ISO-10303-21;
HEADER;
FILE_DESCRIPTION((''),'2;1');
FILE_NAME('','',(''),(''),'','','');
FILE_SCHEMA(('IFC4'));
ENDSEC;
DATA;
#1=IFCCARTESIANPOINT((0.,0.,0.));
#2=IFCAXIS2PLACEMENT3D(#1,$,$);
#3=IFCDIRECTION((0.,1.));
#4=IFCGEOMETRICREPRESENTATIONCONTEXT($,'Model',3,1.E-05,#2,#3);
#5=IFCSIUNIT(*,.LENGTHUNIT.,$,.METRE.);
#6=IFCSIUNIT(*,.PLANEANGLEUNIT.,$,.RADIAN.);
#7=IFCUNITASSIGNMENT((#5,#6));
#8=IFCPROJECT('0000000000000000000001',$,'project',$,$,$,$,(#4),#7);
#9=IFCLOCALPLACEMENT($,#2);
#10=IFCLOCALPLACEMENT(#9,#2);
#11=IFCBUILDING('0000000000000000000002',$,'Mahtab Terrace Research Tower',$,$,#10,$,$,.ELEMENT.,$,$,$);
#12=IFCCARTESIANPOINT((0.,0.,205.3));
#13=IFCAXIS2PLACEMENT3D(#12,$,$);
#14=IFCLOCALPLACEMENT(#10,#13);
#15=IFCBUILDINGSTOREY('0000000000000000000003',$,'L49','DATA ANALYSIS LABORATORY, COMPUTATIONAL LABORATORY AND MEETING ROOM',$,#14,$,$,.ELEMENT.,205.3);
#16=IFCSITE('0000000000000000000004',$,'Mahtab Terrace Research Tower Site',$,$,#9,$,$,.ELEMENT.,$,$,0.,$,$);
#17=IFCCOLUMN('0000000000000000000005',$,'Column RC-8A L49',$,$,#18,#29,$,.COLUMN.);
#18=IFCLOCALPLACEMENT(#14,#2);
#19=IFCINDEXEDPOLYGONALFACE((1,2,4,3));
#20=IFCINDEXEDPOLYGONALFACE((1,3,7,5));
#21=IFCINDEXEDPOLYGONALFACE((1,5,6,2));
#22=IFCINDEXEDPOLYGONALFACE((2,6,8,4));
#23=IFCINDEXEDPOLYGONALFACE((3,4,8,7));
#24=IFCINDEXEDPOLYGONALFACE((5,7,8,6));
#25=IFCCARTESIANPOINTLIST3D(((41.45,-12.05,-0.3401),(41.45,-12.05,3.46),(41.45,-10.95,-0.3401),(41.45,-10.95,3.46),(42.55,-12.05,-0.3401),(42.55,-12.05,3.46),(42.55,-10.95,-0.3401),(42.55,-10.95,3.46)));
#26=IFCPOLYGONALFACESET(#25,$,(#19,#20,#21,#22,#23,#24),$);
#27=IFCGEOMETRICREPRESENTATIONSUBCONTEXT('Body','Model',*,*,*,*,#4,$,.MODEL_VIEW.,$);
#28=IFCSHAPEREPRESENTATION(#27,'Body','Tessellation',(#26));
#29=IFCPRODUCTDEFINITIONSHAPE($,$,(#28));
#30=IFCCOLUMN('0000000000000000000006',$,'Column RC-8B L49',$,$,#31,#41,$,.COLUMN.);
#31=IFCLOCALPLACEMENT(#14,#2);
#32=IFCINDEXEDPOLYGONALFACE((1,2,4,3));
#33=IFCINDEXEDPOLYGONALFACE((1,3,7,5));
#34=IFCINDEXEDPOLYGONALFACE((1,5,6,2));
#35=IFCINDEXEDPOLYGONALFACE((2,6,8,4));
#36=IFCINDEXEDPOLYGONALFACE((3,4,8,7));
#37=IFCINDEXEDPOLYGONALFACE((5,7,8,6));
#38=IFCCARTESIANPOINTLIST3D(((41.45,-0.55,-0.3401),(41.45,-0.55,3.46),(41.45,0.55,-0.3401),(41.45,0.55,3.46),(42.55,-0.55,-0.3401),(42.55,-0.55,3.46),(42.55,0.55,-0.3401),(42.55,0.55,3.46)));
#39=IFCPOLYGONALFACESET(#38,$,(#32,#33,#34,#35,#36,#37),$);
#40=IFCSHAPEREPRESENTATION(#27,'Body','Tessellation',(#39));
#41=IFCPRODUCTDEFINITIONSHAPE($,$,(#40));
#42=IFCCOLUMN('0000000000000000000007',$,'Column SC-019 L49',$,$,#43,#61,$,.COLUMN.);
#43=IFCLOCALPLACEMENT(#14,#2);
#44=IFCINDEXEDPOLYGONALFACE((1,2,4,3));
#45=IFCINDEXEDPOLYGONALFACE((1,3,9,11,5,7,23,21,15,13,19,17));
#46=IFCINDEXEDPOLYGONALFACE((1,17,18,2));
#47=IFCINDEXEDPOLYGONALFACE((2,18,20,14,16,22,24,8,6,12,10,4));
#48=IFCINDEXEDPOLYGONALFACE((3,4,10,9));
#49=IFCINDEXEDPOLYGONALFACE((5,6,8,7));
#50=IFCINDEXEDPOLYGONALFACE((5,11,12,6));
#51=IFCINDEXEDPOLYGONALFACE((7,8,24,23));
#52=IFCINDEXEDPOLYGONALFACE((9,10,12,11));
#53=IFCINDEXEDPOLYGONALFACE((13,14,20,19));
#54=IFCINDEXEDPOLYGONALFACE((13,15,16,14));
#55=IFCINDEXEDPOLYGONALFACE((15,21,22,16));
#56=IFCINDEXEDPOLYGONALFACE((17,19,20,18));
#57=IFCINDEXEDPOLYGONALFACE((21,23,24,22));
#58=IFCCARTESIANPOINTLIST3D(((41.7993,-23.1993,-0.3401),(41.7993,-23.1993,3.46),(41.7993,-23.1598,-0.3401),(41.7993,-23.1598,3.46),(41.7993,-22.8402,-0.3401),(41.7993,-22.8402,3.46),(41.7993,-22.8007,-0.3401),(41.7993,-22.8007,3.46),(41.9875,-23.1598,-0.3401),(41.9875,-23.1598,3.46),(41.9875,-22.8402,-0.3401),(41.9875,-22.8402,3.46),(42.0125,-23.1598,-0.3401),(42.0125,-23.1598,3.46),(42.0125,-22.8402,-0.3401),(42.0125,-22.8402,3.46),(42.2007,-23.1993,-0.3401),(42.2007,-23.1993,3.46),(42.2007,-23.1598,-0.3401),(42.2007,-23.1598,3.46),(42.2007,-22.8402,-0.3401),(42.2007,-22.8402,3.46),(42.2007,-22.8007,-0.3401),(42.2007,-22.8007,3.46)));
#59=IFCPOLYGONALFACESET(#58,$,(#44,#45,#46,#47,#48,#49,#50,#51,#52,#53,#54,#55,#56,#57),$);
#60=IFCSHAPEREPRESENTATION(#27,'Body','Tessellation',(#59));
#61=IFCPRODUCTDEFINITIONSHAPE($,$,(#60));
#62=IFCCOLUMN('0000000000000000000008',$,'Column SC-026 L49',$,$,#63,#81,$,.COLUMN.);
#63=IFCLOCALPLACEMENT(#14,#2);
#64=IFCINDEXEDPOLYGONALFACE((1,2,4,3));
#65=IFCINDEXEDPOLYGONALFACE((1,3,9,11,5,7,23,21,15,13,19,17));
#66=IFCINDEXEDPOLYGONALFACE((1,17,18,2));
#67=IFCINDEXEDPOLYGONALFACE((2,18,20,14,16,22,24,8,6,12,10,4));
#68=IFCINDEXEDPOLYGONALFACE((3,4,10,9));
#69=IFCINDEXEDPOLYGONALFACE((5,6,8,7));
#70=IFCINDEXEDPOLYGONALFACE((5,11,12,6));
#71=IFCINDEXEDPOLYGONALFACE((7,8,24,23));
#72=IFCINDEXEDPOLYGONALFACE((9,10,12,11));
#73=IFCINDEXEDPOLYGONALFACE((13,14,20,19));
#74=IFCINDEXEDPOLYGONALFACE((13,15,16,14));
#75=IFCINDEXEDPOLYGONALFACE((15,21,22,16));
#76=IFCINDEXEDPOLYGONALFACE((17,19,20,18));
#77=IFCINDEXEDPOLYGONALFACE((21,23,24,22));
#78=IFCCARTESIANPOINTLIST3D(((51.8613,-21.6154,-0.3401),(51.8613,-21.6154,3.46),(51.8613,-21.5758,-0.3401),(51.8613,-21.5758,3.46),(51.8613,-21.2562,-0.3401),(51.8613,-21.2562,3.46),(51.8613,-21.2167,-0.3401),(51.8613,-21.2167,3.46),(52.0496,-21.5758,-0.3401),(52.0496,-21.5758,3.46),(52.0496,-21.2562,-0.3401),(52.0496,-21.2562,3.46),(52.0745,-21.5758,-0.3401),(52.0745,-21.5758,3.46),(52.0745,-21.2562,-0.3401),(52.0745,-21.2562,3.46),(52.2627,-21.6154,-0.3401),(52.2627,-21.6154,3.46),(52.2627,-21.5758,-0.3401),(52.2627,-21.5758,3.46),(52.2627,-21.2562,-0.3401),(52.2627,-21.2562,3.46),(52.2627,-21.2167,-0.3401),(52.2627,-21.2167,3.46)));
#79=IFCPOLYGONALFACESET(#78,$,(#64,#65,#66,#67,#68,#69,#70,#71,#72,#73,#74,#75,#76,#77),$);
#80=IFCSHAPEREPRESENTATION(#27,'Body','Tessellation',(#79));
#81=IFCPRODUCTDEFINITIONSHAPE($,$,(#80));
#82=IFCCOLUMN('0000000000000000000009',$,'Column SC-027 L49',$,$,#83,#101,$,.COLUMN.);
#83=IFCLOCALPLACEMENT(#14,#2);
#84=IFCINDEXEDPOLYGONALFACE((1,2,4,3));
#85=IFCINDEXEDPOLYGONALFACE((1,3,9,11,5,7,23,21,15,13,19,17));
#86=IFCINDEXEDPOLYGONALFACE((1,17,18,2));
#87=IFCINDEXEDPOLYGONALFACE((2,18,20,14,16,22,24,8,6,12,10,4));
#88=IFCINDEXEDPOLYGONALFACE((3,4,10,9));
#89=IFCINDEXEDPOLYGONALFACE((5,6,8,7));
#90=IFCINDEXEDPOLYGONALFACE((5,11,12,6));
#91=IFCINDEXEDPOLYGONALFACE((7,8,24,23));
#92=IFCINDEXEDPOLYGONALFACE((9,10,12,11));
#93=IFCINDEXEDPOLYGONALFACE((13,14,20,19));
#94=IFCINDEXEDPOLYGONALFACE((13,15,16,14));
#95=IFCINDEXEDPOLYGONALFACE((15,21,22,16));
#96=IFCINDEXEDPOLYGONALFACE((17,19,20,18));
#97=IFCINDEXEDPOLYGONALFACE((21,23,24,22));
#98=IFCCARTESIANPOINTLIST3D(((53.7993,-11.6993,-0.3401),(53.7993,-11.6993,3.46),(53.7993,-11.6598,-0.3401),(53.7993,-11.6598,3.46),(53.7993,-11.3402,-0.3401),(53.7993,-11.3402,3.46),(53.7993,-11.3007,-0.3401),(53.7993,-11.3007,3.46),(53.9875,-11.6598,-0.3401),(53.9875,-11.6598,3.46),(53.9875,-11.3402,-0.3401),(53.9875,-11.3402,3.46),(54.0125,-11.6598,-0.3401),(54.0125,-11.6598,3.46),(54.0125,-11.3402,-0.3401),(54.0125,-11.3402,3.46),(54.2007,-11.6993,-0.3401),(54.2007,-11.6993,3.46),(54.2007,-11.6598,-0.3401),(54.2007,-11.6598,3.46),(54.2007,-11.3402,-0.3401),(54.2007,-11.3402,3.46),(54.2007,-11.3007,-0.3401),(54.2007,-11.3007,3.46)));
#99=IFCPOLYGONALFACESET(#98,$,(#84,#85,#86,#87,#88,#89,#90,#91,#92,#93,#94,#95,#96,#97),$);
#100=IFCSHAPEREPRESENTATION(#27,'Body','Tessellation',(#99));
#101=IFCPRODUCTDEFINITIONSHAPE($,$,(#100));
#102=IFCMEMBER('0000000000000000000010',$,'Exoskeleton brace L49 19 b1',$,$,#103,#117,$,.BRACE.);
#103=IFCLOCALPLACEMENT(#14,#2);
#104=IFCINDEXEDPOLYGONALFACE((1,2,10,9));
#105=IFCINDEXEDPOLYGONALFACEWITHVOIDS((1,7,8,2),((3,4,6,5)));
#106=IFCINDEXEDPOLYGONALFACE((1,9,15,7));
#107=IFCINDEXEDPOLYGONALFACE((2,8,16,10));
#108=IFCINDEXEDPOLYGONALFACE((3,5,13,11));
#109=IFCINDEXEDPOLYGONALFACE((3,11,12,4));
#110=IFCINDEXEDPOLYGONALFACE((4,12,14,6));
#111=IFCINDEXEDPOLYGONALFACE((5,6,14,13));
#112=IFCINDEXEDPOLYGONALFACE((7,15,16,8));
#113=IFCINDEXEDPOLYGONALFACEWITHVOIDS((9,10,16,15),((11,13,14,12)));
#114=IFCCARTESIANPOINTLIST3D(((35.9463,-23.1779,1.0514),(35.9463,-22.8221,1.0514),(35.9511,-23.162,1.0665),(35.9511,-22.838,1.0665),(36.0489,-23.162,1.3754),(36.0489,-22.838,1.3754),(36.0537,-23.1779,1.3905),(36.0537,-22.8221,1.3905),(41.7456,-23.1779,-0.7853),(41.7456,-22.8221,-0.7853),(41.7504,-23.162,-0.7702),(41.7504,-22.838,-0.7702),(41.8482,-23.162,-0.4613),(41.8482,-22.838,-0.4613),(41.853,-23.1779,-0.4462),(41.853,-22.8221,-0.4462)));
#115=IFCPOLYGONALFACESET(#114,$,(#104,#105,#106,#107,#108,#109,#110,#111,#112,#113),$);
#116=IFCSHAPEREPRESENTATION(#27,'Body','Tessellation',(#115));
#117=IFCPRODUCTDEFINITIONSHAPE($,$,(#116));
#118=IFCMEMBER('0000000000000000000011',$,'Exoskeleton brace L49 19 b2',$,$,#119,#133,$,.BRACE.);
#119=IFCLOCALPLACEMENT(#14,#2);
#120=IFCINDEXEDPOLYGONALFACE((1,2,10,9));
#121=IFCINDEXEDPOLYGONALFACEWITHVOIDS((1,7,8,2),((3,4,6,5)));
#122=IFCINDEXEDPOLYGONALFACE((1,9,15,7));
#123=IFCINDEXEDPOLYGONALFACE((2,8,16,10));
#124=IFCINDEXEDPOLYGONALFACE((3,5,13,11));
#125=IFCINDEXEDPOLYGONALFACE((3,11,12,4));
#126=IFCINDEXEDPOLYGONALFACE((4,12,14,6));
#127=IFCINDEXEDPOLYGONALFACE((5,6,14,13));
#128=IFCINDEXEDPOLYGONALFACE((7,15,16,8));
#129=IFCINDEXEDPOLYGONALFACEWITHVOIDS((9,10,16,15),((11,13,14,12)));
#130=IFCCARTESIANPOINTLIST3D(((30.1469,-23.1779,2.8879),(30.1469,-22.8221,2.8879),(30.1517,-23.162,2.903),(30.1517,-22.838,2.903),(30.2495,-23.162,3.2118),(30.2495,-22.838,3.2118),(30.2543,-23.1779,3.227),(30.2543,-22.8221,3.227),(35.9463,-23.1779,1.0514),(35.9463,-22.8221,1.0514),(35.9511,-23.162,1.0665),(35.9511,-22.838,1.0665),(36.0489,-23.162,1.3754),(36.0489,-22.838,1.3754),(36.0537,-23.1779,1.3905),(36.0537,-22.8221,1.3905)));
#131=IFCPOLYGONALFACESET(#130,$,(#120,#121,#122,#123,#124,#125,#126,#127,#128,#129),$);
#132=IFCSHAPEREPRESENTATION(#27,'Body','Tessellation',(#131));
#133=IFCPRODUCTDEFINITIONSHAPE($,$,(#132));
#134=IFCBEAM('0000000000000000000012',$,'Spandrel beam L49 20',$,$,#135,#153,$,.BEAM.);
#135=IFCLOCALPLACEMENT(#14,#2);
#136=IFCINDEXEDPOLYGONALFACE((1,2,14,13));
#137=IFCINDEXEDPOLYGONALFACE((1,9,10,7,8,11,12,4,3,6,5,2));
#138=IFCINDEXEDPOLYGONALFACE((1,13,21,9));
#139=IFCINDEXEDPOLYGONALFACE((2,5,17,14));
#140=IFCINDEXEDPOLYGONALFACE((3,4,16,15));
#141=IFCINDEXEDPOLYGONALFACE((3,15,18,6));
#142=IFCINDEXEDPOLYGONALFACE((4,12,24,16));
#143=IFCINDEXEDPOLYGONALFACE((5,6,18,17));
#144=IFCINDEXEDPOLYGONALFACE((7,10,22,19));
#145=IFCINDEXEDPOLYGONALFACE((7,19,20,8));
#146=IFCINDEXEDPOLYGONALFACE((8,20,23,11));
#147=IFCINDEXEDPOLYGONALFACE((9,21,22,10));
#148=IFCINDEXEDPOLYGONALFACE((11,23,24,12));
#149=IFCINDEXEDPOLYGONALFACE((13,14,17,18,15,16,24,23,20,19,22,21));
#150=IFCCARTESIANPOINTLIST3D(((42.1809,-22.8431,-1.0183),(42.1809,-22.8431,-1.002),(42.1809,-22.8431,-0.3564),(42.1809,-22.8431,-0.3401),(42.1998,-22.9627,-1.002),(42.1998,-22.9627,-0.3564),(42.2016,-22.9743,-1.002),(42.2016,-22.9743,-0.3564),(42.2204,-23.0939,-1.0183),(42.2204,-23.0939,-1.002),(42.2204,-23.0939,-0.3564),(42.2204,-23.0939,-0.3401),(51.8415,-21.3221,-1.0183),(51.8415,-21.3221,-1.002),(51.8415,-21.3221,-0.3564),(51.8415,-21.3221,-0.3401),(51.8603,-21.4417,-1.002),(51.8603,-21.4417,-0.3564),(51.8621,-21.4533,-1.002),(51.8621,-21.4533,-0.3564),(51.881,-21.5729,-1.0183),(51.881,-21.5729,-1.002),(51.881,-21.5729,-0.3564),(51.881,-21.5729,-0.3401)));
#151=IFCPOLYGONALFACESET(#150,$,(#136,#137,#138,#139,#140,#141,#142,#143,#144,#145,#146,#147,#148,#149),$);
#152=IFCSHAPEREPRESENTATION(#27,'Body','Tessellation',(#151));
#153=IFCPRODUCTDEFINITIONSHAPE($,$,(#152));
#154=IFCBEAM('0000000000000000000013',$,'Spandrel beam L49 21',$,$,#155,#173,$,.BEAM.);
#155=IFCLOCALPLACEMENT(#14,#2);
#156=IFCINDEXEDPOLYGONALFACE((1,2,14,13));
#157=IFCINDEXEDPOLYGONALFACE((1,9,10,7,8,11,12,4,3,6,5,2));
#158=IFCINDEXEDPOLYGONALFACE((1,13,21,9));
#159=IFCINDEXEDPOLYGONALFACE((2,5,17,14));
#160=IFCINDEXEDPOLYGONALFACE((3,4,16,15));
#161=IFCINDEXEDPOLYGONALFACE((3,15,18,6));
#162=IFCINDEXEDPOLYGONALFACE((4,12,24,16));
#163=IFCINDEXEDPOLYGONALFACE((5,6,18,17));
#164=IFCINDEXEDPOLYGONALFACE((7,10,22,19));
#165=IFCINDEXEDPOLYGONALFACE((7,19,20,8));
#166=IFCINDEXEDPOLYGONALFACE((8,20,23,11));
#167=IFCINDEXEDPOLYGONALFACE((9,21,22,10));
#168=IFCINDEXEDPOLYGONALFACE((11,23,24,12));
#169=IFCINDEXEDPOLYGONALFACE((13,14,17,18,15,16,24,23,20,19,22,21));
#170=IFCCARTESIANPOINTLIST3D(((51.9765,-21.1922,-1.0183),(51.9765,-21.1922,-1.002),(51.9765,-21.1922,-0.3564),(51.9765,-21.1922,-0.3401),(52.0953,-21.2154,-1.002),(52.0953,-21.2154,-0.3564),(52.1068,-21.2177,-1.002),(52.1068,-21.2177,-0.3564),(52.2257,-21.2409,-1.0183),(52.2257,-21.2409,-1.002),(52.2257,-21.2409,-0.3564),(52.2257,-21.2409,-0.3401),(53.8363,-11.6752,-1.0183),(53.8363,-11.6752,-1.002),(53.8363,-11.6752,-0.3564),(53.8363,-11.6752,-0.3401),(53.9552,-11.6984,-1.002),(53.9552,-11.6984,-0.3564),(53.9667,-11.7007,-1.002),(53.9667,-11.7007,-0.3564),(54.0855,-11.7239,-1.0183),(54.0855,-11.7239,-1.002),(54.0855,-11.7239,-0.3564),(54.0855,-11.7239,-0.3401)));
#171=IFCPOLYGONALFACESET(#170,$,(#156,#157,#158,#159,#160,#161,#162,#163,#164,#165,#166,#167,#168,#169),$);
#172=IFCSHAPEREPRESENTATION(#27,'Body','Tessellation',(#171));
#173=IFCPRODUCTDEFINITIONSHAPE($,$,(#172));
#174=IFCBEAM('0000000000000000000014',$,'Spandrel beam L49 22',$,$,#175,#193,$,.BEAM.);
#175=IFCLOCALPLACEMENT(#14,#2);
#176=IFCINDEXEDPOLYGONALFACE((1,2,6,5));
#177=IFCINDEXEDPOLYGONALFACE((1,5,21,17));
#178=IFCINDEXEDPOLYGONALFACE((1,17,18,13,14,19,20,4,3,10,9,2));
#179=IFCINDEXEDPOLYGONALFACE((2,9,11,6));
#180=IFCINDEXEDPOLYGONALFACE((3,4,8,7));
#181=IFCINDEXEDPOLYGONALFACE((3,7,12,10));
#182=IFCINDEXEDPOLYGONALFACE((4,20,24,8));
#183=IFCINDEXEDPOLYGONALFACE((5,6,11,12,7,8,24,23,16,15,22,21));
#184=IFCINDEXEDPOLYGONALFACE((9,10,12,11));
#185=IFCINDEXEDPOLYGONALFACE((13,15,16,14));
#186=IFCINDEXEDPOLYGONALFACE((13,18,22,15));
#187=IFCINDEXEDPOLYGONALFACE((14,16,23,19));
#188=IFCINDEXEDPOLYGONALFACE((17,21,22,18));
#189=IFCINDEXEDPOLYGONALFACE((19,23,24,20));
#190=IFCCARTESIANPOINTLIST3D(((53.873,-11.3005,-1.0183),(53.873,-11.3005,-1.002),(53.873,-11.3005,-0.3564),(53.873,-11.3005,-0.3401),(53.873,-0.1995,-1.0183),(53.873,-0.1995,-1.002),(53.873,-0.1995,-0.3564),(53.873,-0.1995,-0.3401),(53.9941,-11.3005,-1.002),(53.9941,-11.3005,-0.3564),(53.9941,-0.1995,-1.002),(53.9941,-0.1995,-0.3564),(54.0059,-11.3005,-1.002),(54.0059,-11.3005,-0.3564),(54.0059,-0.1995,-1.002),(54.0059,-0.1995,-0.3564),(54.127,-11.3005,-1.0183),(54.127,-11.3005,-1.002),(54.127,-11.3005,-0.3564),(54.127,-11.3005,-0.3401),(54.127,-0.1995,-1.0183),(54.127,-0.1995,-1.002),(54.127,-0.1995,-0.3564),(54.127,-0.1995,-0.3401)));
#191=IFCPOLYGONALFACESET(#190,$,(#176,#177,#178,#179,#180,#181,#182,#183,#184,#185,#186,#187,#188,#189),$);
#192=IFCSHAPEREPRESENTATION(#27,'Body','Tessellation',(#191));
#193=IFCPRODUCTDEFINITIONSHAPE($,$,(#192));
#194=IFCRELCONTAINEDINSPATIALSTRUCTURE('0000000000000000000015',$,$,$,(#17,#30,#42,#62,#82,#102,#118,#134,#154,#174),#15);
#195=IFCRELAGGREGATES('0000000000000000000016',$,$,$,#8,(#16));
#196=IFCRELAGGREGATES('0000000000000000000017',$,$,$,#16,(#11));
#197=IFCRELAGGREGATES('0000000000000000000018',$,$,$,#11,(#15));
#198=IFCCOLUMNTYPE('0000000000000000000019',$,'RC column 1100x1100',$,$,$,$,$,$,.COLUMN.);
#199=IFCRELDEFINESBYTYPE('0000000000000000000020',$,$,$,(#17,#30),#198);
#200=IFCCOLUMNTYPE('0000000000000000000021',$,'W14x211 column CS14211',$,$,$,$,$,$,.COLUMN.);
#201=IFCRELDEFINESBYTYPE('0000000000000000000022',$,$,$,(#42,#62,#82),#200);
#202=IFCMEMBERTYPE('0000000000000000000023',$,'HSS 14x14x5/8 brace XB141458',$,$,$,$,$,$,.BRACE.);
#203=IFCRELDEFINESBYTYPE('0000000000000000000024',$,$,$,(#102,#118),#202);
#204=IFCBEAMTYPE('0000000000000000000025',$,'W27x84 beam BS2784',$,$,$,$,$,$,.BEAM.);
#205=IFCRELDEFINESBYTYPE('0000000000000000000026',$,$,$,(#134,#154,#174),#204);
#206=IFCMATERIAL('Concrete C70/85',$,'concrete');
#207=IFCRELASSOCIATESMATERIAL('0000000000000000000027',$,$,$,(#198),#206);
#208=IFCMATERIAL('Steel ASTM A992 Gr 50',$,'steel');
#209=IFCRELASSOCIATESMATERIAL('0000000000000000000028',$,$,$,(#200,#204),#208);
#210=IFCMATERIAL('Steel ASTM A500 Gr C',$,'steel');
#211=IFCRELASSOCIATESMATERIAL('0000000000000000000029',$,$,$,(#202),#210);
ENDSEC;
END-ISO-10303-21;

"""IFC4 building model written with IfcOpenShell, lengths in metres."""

from ifc_helpers import new_model, si_unit, direction, frame, origin, origin_2d, place, context, subcontext, project, spatial, rectangle, hollow_rectangle, i_section, extrude, material, material_profile, profile_set, type_object, element, save


model = new_model("IFC4")

# Units and contexts
model_context = context("Model", 3, precision=1e-05, world=origin(), true_north=direction((0.0, 1.0)))
body_context = subcontext(model_context, "Body", "Model", "MODEL_VIEW")
ifc_project = project(units=[si_unit("LENGTHUNIT", "METRE"), si_unit("PLANEANGLEUNIT", "RADIAN")], contexts=[model_context])

# Site, building, storey
site_placement = place(None, origin())
site = spatial("IfcSite", under=ifc_project, at=site_placement, Name="Mahtab Terrace Research Tower Site", CompositionType="ELEMENT", RefElevation=0.0)
building_placement = place(site_placement, origin())
building = spatial("IfcBuilding", under=site, at=building_placement, Name="Mahtab Terrace Research Tower", CompositionType="ELEMENT")
storey_placement = place(building_placement, frame((0.0, 0.0, 205.3)))
storey = spatial("IfcBuildingStorey", under=building, at=storey_placement, Name="L49", Description="DATA ANALYSIS LABORATORY, COMPUTATIONAL LABORATORY AND MEETING ROOM", CompositionType="ELEMENT", Elevation=205.3)

# Columns
ifc_material_1 = material(Name="Concrete C70/85", Category="concrete")
ifc_material_profile_1 = material_profile(ifc_material_1, rectangle(XDim=1.1001, YDim=1.1001, at=origin_2d()), Name="RC column 1100x1100")
ifc_profile_set_1 = profile_set([ifc_material_profile_1], Name="Concrete C70/85")
column_type_1 = type_object("IfcColumnType", Name="RC column 1100x1100", PredefinedType="COLUMN", material=ifc_profile_set_1)
for number, where, z_axis, x_axis, name in (
    (1, (42.0, -11.5, -0.3401), (0.0, 0.0, 1.0), (1.0, 0.0, 0.0), "Column RC-8A L49"),
    (2, (42.0, 0.0, -0.3401), (0.0, 0.0, 1.0), (1.0, 0.0, 0.0), "Column RC-8B L49"),
):
    element("IfcColumn", number, at=place(storey_placement, frame(where, z_axis=z_axis, x_axis=x_axis)), inside=storey, type_object=column_type_1, Name=name, PredefinedType="COLUMN", context=body_context, shape_type="SweptSolid", body=[
        extrude(rectangle(XDim=1.1001, YDim=1.1001, at=origin_2d()), origin(), (0.0, 0.0, 1.0), 3.8),
    ])
ifc_material_2 = material(Name="Steel ASTM A992 Gr 50", Category="steel")
ifc_material_profile_2 = material_profile(ifc_material_2, i_section(OverallWidth=0.4014, OverallDepth=0.3987, WebThickness=0.0249, FlangeThickness=0.0396, at=origin_2d()), Name="W14X211")
ifc_profile_set_2 = profile_set([ifc_material_profile_2], Name="Steel ASTM A992 Gr 50")
column_type_2 = type_object("IfcColumnType", Name="W14x211 column CS14211", PredefinedType="COLUMN", material=ifc_profile_set_2)
for number, where, z_axis, x_axis, name in (
    (3, (42.0, -23.0, -0.3401), (0.0, 0.0, 1.0), (1.0, 0.0, 0.0), "Column SC-019 L49"),
    (4, (52.062, -21.416, -0.3401), (0.0, 0.0, 1.0), (1.0, 0.0, 0.0), "Column SC-026 L49"),
    (5, (54.0, -11.5, -0.3401), (0.0, 0.0, 1.0), (1.0, 0.0, 0.0), "Column SC-027 L49"),
):
    element("IfcColumn", number, at=place(storey_placement, frame(where, z_axis=z_axis, x_axis=x_axis)), inside=storey, type_object=column_type_2, Name=name, PredefinedType="COLUMN", context=body_context, shape_type="SweptSolid", body=[
        extrude(i_section(OverallWidth=0.4014, OverallDepth=0.3987, WebThickness=0.0249, FlangeThickness=0.0396, at=origin_2d()), origin(), (0.0, 0.0, 1.0), 3.8),
    ])

# Members
ifc_material_3 = material(Name="Steel ASTM A500 Gr C", Category="steel")
ifc_material_profile_3 = material_profile(ifc_material_3, hollow_rectangle(XDim=0.3557, YDim=0.3557, WallThickness=0.0159, at=origin_2d()), Name="HSS14X14X5/8")
ifc_profile_set_3 = profile_set([ifc_material_profile_3], Name="Steel ASTM A500 Gr C")
member_type = type_object("IfcMemberType", Name="HSS 14x14x5/8 brace XB141458", PredefinedType="BRACE", material=ifc_profile_set_3)
for number, where, z_axis, x_axis, name in (
    (6, (41.7993, -23.0, -0.6157), (-0.953332, 0.0, 0.301925), (0.0, -1.0, 0.0), "Exoskeleton brace L49 19 b1"),
    (7, (36.0, -23.0, 1.2209), (-0.953343, 0.0, 0.301888), (0.0, -1.0, 0.0), "Exoskeleton brace L49 19 b2"),
):
    element("IfcMember", number, at=place(storey_placement, frame(where, z_axis=z_axis, x_axis=x_axis)), inside=storey, type_object=member_type, Name=name, PredefinedType="BRACE", context=body_context, shape_type="SweptSolid", body=[
        extrude(hollow_rectangle(XDim=0.3557, YDim=0.3557, WallThickness=0.0159, at=origin_2d()), origin(), (0.0, 0.0, 1.0), 6.0833),
    ])

# Beams
ifc_material_profile_4 = material_profile(ifc_material_2, i_section(OverallWidth=0.2539, OverallDepth=0.6782, WebThickness=0.0117, FlangeThickness=0.0164, at=origin_2d()), Name="W27X84")
ifc_profile_set_4 = profile_set([ifc_material_profile_4], Name="Steel ASTM A992 Gr 50")
beam_type = type_object("IfcBeamType", Name="W27x84 beam BS2784", PredefinedType="BEAM", material=ifc_profile_set_4)
beam_1_placement = place(storey_placement, frame((42.2007, -22.9685, -0.6792), z_axis=(0.987832, 0.155527, 0.0), x_axis=(-0.155527, 0.987832, 0.0)))
element("IfcBeam", 8, at=beam_1_placement, inside=storey, type_object=beam_type, Name="Spandrel beam L49 20", PredefinedType="BEAM", context=body_context, shape_type="SweptSolid", body=[
    extrude(i_section(OverallWidth=0.2539, OverallDepth=0.6782, WebThickness=0.0117, FlangeThickness=0.0164, at=origin_2d()), origin(), (0.0, 0.0, 1.0), 9.7795),
])
beam_2_placement = place(storey_placement, frame((52.1011, -21.2166, -0.6792), z_axis=(0.191795, 0.981435, 0.0), x_axis=(-0.981435, 0.191795, 0.0)))
element("IfcBeam", 9, at=beam_2_placement, inside=storey, type_object=beam_type, Name="Spandrel beam L49 21", PredefinedType="BEAM", context=body_context, shape_type="SweptSolid", body=[
    extrude(i_section(OverallWidth=0.2539, OverallDepth=0.6782, WebThickness=0.0117, FlangeThickness=0.0164, at=origin_2d()), origin(), (0.0, 0.0, 1.0), 9.697),
])
beam_3_placement = place(storey_placement, frame((54.0, -11.3005, -0.6792), z_axis=(0.0, 1.0, 0.0), x_axis=(-1.0, 0.0, 0.0)))
element("IfcBeam", 10, at=beam_3_placement, inside=storey, type_object=beam_type, Name="Spandrel beam L49 22", PredefinedType="BEAM", context=body_context, shape_type="SweptSolid", body=[
    extrude(i_section(OverallWidth=0.2539, OverallDepth=0.6782, WebThickness=0.0117, FlangeThickness=0.0164, at=origin_2d()), origin(), (0.0, 0.0, 1.0), 11.1011),
])

save(model, "model.ifc")
